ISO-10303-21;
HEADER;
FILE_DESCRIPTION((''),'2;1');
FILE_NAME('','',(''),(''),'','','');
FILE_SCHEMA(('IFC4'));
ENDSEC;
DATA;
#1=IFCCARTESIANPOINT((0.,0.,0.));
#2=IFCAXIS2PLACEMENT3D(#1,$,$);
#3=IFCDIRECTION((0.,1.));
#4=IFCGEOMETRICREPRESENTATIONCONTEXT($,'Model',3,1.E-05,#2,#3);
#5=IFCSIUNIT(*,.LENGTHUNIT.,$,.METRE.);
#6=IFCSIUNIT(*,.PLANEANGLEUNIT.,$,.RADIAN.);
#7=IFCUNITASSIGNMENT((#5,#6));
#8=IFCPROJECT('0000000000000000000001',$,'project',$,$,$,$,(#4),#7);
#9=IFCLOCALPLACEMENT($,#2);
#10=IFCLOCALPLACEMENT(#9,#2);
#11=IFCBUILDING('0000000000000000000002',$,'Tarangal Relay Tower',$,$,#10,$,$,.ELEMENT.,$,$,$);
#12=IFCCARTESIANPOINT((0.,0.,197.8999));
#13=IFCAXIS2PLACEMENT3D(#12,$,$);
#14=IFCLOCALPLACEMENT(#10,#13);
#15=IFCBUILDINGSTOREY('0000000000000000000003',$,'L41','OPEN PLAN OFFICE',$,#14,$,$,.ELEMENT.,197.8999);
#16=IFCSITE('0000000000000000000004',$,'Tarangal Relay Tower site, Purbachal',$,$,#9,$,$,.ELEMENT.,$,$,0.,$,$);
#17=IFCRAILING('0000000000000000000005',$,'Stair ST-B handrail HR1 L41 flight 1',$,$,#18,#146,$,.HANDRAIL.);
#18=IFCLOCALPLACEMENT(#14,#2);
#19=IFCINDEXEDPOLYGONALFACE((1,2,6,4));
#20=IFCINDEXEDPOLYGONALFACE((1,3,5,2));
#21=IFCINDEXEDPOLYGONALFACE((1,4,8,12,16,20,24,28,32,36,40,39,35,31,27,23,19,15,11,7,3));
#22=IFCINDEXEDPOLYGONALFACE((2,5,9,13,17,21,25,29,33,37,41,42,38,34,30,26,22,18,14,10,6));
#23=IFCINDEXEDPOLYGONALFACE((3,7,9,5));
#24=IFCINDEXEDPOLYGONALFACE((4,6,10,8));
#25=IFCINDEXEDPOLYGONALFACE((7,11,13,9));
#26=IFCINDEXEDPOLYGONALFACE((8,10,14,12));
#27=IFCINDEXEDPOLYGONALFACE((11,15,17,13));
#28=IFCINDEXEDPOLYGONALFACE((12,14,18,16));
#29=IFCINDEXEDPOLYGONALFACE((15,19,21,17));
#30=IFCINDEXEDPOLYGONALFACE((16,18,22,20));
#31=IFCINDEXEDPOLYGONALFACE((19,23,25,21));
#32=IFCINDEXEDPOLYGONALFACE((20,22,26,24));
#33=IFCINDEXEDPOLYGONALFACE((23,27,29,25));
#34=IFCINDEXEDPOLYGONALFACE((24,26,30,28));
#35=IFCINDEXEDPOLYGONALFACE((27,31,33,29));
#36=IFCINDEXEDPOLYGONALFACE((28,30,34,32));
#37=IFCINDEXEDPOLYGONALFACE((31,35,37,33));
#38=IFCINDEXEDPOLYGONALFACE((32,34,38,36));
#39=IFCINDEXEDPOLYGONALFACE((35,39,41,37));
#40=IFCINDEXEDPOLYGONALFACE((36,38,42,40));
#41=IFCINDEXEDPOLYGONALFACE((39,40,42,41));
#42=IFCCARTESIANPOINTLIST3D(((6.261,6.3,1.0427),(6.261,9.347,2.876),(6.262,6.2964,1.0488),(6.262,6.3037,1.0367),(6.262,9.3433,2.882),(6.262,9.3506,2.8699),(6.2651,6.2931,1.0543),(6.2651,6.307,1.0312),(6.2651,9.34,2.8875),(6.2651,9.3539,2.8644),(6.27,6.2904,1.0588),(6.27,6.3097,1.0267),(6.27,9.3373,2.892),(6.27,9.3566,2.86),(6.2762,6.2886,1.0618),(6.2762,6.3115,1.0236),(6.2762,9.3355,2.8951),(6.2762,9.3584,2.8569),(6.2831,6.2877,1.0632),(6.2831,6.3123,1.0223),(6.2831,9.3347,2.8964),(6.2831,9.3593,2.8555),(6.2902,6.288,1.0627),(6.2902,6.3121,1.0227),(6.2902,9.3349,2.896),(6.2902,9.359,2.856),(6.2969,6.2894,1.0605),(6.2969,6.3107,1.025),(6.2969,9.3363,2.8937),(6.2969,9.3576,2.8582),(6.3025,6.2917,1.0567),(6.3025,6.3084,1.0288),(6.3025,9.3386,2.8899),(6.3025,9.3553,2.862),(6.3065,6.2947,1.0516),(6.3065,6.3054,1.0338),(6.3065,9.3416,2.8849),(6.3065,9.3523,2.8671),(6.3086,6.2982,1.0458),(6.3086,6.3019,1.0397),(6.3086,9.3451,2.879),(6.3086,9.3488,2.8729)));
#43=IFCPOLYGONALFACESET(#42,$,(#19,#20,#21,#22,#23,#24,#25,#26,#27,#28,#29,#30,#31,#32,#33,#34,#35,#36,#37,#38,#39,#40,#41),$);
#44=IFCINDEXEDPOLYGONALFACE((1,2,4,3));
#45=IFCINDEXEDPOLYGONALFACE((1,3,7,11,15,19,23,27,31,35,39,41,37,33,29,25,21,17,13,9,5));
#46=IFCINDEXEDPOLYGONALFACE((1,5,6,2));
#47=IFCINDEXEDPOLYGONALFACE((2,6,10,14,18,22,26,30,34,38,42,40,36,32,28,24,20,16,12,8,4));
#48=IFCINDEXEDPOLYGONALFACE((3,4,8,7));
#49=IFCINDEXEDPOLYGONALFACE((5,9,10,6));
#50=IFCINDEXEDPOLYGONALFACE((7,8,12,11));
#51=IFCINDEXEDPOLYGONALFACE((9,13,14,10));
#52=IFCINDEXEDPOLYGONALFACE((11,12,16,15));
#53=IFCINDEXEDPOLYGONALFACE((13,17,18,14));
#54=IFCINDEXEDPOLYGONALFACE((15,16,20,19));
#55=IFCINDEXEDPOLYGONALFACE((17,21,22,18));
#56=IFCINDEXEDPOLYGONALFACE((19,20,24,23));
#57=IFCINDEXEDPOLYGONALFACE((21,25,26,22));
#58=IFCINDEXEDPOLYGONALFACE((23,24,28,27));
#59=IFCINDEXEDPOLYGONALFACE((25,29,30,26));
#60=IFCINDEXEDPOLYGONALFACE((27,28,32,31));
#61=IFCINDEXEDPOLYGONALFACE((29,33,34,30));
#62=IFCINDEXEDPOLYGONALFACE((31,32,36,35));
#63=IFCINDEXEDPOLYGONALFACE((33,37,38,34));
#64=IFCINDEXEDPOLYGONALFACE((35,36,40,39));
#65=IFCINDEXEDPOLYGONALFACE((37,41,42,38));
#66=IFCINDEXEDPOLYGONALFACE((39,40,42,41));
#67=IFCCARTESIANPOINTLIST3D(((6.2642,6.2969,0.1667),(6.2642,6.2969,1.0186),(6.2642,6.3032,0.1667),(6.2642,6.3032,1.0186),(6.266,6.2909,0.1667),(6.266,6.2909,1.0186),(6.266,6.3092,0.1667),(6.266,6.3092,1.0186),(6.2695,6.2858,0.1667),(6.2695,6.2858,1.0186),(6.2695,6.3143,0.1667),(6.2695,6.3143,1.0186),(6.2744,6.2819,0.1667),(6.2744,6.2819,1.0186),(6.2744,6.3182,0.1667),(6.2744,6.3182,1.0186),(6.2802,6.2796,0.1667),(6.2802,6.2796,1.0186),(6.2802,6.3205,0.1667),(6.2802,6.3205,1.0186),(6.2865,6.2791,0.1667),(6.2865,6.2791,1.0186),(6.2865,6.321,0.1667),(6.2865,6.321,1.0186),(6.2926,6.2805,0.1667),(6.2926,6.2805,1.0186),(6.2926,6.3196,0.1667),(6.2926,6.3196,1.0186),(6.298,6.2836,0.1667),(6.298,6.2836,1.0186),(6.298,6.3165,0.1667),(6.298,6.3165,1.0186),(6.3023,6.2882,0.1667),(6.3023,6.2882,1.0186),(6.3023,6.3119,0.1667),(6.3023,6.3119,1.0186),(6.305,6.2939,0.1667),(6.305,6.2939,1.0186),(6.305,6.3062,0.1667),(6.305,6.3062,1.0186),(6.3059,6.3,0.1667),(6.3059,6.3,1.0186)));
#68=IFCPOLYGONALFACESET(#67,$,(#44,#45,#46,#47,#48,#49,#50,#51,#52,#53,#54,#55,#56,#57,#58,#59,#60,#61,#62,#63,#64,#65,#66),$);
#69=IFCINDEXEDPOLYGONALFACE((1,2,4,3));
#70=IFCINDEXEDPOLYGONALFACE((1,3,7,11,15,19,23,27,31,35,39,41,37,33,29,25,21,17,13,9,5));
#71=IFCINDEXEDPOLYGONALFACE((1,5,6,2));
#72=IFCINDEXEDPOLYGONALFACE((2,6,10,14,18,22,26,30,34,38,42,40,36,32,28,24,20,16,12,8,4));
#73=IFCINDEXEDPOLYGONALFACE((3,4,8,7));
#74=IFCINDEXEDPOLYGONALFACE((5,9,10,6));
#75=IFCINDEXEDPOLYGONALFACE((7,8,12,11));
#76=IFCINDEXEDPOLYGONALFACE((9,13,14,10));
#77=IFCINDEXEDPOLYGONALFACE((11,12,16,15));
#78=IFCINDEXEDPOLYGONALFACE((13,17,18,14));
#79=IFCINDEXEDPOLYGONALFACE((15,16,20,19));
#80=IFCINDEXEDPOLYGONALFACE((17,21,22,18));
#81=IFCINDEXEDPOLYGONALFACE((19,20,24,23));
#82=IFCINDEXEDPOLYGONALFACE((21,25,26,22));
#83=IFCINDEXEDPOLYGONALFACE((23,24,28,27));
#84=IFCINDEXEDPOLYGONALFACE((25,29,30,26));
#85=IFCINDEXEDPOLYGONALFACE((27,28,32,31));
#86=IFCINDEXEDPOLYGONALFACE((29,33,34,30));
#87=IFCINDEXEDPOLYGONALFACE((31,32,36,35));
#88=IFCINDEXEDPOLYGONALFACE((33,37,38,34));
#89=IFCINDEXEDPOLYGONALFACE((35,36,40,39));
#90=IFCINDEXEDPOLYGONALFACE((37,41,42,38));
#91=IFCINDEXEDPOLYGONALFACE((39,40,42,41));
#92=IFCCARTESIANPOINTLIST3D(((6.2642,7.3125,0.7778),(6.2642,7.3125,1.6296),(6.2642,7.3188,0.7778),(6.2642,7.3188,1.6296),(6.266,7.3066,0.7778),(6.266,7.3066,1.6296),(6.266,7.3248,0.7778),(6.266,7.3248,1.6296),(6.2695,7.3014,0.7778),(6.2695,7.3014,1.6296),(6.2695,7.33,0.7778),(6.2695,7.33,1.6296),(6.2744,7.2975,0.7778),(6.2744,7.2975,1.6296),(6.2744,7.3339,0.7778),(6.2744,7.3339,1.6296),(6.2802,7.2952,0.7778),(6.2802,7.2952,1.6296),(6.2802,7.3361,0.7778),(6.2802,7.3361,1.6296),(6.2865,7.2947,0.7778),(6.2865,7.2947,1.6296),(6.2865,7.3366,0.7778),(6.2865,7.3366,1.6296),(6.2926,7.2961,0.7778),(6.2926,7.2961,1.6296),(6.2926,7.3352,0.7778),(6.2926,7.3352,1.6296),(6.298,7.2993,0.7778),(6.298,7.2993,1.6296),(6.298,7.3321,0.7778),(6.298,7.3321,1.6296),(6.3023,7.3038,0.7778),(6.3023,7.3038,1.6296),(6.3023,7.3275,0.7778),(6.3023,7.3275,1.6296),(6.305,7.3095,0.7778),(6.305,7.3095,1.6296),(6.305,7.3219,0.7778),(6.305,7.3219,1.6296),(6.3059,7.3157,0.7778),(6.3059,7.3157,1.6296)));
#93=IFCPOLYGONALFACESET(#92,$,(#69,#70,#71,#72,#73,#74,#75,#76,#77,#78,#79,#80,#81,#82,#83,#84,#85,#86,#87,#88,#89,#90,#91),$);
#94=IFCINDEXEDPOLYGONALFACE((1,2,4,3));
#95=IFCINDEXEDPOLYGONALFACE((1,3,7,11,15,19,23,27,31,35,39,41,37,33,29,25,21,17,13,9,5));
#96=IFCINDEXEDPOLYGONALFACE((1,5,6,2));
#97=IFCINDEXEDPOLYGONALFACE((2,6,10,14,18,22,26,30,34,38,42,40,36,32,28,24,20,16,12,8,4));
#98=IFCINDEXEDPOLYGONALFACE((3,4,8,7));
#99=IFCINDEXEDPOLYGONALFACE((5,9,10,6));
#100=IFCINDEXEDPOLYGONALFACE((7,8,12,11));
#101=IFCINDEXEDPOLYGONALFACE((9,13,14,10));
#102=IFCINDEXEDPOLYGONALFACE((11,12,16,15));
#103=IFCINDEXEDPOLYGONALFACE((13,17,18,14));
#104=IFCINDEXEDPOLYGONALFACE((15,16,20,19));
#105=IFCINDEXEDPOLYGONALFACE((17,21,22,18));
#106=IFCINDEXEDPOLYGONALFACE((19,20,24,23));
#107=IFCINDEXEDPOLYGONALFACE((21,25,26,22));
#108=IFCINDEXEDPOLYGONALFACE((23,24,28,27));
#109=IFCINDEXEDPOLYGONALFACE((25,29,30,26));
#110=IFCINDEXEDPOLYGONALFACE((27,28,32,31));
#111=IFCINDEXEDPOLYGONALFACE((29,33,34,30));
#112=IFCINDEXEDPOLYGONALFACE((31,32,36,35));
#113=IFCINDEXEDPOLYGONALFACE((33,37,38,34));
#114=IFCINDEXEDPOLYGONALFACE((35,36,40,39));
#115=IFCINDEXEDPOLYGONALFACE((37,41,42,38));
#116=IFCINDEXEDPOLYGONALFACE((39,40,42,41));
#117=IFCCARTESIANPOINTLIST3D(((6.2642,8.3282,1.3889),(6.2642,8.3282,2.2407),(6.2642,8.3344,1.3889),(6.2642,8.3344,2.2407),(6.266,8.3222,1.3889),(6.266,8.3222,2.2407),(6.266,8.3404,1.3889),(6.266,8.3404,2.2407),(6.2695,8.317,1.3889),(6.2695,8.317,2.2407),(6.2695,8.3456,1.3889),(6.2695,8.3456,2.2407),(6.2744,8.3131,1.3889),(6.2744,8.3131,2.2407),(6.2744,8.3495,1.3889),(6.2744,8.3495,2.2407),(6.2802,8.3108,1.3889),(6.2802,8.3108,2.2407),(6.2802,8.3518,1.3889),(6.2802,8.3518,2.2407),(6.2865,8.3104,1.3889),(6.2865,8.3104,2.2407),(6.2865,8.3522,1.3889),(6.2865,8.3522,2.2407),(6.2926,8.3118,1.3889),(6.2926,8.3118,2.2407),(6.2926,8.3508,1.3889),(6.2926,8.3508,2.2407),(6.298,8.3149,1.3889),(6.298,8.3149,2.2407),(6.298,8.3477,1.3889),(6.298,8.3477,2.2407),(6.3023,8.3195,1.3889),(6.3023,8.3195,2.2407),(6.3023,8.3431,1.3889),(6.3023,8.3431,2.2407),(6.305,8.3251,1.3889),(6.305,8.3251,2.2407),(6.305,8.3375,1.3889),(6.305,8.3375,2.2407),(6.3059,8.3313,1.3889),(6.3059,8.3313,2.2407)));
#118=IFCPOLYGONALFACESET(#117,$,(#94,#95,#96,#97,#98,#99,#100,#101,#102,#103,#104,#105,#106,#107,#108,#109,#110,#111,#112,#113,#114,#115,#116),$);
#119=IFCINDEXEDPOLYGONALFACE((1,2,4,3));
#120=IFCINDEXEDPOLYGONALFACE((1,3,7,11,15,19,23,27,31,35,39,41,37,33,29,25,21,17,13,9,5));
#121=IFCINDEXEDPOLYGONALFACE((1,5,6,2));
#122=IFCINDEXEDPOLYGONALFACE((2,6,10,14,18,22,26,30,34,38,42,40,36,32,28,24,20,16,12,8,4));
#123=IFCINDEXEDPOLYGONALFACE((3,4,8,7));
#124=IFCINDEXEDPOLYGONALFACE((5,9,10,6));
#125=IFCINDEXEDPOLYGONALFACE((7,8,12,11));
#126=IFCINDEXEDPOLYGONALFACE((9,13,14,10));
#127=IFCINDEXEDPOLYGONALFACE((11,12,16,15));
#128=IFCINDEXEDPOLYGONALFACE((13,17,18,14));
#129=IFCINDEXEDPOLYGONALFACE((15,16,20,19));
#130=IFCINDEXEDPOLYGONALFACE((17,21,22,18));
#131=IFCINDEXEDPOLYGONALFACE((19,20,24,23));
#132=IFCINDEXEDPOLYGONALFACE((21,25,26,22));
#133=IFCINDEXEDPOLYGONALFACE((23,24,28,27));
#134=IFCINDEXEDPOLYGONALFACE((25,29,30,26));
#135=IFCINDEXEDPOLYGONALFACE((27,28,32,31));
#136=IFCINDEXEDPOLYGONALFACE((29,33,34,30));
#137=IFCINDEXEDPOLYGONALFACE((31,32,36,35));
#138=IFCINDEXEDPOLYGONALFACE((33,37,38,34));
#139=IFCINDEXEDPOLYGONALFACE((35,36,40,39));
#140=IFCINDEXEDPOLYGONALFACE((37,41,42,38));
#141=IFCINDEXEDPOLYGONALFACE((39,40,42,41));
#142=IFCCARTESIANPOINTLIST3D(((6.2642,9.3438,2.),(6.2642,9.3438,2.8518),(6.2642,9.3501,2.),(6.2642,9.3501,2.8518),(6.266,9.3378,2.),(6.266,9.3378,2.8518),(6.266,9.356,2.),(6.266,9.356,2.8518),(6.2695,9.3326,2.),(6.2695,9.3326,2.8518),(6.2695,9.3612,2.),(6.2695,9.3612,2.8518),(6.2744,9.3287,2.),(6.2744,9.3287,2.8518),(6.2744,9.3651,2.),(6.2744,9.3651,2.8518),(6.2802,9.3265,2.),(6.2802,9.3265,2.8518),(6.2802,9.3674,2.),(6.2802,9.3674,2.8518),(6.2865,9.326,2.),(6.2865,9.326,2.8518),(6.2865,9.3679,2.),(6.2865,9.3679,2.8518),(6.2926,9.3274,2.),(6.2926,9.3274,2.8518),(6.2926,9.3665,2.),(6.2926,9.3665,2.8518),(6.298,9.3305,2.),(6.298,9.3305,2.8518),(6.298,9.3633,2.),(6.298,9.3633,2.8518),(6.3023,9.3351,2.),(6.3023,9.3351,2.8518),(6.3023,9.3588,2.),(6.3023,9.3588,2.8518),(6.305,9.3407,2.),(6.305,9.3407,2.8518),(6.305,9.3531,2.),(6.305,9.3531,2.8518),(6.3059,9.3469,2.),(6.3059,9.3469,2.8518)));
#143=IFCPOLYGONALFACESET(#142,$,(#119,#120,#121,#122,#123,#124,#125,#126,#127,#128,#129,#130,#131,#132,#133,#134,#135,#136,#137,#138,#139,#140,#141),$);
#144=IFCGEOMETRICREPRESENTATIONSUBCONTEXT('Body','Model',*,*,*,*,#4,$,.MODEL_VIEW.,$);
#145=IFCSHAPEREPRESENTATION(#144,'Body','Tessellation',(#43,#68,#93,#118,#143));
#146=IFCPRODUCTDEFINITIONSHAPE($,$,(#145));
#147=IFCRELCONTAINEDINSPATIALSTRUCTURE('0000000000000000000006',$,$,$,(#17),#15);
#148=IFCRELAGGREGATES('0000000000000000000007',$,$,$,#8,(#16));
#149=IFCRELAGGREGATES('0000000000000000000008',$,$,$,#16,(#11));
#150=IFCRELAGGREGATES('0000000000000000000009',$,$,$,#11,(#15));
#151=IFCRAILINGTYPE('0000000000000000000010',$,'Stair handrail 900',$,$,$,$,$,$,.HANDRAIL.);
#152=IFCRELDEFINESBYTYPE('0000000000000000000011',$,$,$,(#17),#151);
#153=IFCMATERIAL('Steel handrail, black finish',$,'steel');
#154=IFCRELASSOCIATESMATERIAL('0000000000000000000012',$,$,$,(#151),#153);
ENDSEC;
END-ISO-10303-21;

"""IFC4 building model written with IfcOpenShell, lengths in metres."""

from ifc_helpers import new_model, si_unit, direction, frame, origin, origin_2d, place, context, subcontext, project, spatial, circle, extrude, material, type_object, element, save


model = new_model("IFC4")

# Units and contexts
model_context = context("Model", 3, precision=1e-05, world=origin(), true_north=direction((0.0, 1.0)))
body_context = subcontext(model_context, "Body", "Model", "MODEL_VIEW")
ifc_project = project(units=[si_unit("LENGTHUNIT", "METRE"), si_unit("PLANEANGLEUNIT", "RADIAN")], contexts=[model_context])

# Site, building, storey
site_placement = place(None, origin())
site = spatial("IfcSite", under=ifc_project, at=site_placement, Name="Tarangal Relay Tower site, Purbachal", CompositionType="ELEMENT", RefElevation=0.0)
building_placement = place(site_placement, origin())
building = spatial("IfcBuilding", under=site, at=building_placement, Name="Tarangal Relay Tower", CompositionType="ELEMENT")
storey_placement = place(building_placement, frame((0.0, 0.0, 197.8999)))
storey = spatial("IfcBuildingStorey", under=building, at=storey_placement, Name="L41", Description="OPEN PLAN OFFICE", CompositionType="ELEMENT", Elevation=197.8999)

# Railing
ifc_material_1 = material(Name="Steel handrail, black finish", Category="steel")
railing_type_1 = type_object("IfcRailingType", Name="Stair handrail 900", PredefinedType="HANDRAIL", material=ifc_material_1)
railing_1_placement = place(storey_placement, frame((6.2849, 6.3, 0.1667)))
element("IfcRailing", 1, at=railing_1_placement, inside=storey, type_object=railing_type_1, Name="Stair ST-B handrail HR1 L41 flight 1", PredefinedType="HANDRAIL", context=body_context, shape_type="SweptSolid", body=[
    extrude(circle(Radius=0.0239, at=origin_2d()), frame((0.0, 0.0, 0.876), z_axis=(0.0, 0.856856, 0.515556), x_axis=(-1.0, 0.0, 0.0)), (0.0, 0.0, 1.0), 3.5559),
    extrude(circle(Radius=0.021, at=origin_2d()), origin(), (0.0, 0.0, 1.0), 0.8518),
    extrude(circle(Radius=0.021, at=origin_2d()), frame((0.0, 1.0156, 0.6111)), (0.0, 0.0, 1.0), 0.8518),
    extrude(circle(Radius=0.021, at=origin_2d()), frame((0.0, 2.0312, 1.2222)), (0.0, 0.0, 1.0), 0.8518),
    extrude(circle(Radius=0.021, at=origin_2d()), frame((0.0, 3.0469, 1.8333)), (0.0, 0.0, 1.0), 0.8518),
])

save(model, "model.ifc")
